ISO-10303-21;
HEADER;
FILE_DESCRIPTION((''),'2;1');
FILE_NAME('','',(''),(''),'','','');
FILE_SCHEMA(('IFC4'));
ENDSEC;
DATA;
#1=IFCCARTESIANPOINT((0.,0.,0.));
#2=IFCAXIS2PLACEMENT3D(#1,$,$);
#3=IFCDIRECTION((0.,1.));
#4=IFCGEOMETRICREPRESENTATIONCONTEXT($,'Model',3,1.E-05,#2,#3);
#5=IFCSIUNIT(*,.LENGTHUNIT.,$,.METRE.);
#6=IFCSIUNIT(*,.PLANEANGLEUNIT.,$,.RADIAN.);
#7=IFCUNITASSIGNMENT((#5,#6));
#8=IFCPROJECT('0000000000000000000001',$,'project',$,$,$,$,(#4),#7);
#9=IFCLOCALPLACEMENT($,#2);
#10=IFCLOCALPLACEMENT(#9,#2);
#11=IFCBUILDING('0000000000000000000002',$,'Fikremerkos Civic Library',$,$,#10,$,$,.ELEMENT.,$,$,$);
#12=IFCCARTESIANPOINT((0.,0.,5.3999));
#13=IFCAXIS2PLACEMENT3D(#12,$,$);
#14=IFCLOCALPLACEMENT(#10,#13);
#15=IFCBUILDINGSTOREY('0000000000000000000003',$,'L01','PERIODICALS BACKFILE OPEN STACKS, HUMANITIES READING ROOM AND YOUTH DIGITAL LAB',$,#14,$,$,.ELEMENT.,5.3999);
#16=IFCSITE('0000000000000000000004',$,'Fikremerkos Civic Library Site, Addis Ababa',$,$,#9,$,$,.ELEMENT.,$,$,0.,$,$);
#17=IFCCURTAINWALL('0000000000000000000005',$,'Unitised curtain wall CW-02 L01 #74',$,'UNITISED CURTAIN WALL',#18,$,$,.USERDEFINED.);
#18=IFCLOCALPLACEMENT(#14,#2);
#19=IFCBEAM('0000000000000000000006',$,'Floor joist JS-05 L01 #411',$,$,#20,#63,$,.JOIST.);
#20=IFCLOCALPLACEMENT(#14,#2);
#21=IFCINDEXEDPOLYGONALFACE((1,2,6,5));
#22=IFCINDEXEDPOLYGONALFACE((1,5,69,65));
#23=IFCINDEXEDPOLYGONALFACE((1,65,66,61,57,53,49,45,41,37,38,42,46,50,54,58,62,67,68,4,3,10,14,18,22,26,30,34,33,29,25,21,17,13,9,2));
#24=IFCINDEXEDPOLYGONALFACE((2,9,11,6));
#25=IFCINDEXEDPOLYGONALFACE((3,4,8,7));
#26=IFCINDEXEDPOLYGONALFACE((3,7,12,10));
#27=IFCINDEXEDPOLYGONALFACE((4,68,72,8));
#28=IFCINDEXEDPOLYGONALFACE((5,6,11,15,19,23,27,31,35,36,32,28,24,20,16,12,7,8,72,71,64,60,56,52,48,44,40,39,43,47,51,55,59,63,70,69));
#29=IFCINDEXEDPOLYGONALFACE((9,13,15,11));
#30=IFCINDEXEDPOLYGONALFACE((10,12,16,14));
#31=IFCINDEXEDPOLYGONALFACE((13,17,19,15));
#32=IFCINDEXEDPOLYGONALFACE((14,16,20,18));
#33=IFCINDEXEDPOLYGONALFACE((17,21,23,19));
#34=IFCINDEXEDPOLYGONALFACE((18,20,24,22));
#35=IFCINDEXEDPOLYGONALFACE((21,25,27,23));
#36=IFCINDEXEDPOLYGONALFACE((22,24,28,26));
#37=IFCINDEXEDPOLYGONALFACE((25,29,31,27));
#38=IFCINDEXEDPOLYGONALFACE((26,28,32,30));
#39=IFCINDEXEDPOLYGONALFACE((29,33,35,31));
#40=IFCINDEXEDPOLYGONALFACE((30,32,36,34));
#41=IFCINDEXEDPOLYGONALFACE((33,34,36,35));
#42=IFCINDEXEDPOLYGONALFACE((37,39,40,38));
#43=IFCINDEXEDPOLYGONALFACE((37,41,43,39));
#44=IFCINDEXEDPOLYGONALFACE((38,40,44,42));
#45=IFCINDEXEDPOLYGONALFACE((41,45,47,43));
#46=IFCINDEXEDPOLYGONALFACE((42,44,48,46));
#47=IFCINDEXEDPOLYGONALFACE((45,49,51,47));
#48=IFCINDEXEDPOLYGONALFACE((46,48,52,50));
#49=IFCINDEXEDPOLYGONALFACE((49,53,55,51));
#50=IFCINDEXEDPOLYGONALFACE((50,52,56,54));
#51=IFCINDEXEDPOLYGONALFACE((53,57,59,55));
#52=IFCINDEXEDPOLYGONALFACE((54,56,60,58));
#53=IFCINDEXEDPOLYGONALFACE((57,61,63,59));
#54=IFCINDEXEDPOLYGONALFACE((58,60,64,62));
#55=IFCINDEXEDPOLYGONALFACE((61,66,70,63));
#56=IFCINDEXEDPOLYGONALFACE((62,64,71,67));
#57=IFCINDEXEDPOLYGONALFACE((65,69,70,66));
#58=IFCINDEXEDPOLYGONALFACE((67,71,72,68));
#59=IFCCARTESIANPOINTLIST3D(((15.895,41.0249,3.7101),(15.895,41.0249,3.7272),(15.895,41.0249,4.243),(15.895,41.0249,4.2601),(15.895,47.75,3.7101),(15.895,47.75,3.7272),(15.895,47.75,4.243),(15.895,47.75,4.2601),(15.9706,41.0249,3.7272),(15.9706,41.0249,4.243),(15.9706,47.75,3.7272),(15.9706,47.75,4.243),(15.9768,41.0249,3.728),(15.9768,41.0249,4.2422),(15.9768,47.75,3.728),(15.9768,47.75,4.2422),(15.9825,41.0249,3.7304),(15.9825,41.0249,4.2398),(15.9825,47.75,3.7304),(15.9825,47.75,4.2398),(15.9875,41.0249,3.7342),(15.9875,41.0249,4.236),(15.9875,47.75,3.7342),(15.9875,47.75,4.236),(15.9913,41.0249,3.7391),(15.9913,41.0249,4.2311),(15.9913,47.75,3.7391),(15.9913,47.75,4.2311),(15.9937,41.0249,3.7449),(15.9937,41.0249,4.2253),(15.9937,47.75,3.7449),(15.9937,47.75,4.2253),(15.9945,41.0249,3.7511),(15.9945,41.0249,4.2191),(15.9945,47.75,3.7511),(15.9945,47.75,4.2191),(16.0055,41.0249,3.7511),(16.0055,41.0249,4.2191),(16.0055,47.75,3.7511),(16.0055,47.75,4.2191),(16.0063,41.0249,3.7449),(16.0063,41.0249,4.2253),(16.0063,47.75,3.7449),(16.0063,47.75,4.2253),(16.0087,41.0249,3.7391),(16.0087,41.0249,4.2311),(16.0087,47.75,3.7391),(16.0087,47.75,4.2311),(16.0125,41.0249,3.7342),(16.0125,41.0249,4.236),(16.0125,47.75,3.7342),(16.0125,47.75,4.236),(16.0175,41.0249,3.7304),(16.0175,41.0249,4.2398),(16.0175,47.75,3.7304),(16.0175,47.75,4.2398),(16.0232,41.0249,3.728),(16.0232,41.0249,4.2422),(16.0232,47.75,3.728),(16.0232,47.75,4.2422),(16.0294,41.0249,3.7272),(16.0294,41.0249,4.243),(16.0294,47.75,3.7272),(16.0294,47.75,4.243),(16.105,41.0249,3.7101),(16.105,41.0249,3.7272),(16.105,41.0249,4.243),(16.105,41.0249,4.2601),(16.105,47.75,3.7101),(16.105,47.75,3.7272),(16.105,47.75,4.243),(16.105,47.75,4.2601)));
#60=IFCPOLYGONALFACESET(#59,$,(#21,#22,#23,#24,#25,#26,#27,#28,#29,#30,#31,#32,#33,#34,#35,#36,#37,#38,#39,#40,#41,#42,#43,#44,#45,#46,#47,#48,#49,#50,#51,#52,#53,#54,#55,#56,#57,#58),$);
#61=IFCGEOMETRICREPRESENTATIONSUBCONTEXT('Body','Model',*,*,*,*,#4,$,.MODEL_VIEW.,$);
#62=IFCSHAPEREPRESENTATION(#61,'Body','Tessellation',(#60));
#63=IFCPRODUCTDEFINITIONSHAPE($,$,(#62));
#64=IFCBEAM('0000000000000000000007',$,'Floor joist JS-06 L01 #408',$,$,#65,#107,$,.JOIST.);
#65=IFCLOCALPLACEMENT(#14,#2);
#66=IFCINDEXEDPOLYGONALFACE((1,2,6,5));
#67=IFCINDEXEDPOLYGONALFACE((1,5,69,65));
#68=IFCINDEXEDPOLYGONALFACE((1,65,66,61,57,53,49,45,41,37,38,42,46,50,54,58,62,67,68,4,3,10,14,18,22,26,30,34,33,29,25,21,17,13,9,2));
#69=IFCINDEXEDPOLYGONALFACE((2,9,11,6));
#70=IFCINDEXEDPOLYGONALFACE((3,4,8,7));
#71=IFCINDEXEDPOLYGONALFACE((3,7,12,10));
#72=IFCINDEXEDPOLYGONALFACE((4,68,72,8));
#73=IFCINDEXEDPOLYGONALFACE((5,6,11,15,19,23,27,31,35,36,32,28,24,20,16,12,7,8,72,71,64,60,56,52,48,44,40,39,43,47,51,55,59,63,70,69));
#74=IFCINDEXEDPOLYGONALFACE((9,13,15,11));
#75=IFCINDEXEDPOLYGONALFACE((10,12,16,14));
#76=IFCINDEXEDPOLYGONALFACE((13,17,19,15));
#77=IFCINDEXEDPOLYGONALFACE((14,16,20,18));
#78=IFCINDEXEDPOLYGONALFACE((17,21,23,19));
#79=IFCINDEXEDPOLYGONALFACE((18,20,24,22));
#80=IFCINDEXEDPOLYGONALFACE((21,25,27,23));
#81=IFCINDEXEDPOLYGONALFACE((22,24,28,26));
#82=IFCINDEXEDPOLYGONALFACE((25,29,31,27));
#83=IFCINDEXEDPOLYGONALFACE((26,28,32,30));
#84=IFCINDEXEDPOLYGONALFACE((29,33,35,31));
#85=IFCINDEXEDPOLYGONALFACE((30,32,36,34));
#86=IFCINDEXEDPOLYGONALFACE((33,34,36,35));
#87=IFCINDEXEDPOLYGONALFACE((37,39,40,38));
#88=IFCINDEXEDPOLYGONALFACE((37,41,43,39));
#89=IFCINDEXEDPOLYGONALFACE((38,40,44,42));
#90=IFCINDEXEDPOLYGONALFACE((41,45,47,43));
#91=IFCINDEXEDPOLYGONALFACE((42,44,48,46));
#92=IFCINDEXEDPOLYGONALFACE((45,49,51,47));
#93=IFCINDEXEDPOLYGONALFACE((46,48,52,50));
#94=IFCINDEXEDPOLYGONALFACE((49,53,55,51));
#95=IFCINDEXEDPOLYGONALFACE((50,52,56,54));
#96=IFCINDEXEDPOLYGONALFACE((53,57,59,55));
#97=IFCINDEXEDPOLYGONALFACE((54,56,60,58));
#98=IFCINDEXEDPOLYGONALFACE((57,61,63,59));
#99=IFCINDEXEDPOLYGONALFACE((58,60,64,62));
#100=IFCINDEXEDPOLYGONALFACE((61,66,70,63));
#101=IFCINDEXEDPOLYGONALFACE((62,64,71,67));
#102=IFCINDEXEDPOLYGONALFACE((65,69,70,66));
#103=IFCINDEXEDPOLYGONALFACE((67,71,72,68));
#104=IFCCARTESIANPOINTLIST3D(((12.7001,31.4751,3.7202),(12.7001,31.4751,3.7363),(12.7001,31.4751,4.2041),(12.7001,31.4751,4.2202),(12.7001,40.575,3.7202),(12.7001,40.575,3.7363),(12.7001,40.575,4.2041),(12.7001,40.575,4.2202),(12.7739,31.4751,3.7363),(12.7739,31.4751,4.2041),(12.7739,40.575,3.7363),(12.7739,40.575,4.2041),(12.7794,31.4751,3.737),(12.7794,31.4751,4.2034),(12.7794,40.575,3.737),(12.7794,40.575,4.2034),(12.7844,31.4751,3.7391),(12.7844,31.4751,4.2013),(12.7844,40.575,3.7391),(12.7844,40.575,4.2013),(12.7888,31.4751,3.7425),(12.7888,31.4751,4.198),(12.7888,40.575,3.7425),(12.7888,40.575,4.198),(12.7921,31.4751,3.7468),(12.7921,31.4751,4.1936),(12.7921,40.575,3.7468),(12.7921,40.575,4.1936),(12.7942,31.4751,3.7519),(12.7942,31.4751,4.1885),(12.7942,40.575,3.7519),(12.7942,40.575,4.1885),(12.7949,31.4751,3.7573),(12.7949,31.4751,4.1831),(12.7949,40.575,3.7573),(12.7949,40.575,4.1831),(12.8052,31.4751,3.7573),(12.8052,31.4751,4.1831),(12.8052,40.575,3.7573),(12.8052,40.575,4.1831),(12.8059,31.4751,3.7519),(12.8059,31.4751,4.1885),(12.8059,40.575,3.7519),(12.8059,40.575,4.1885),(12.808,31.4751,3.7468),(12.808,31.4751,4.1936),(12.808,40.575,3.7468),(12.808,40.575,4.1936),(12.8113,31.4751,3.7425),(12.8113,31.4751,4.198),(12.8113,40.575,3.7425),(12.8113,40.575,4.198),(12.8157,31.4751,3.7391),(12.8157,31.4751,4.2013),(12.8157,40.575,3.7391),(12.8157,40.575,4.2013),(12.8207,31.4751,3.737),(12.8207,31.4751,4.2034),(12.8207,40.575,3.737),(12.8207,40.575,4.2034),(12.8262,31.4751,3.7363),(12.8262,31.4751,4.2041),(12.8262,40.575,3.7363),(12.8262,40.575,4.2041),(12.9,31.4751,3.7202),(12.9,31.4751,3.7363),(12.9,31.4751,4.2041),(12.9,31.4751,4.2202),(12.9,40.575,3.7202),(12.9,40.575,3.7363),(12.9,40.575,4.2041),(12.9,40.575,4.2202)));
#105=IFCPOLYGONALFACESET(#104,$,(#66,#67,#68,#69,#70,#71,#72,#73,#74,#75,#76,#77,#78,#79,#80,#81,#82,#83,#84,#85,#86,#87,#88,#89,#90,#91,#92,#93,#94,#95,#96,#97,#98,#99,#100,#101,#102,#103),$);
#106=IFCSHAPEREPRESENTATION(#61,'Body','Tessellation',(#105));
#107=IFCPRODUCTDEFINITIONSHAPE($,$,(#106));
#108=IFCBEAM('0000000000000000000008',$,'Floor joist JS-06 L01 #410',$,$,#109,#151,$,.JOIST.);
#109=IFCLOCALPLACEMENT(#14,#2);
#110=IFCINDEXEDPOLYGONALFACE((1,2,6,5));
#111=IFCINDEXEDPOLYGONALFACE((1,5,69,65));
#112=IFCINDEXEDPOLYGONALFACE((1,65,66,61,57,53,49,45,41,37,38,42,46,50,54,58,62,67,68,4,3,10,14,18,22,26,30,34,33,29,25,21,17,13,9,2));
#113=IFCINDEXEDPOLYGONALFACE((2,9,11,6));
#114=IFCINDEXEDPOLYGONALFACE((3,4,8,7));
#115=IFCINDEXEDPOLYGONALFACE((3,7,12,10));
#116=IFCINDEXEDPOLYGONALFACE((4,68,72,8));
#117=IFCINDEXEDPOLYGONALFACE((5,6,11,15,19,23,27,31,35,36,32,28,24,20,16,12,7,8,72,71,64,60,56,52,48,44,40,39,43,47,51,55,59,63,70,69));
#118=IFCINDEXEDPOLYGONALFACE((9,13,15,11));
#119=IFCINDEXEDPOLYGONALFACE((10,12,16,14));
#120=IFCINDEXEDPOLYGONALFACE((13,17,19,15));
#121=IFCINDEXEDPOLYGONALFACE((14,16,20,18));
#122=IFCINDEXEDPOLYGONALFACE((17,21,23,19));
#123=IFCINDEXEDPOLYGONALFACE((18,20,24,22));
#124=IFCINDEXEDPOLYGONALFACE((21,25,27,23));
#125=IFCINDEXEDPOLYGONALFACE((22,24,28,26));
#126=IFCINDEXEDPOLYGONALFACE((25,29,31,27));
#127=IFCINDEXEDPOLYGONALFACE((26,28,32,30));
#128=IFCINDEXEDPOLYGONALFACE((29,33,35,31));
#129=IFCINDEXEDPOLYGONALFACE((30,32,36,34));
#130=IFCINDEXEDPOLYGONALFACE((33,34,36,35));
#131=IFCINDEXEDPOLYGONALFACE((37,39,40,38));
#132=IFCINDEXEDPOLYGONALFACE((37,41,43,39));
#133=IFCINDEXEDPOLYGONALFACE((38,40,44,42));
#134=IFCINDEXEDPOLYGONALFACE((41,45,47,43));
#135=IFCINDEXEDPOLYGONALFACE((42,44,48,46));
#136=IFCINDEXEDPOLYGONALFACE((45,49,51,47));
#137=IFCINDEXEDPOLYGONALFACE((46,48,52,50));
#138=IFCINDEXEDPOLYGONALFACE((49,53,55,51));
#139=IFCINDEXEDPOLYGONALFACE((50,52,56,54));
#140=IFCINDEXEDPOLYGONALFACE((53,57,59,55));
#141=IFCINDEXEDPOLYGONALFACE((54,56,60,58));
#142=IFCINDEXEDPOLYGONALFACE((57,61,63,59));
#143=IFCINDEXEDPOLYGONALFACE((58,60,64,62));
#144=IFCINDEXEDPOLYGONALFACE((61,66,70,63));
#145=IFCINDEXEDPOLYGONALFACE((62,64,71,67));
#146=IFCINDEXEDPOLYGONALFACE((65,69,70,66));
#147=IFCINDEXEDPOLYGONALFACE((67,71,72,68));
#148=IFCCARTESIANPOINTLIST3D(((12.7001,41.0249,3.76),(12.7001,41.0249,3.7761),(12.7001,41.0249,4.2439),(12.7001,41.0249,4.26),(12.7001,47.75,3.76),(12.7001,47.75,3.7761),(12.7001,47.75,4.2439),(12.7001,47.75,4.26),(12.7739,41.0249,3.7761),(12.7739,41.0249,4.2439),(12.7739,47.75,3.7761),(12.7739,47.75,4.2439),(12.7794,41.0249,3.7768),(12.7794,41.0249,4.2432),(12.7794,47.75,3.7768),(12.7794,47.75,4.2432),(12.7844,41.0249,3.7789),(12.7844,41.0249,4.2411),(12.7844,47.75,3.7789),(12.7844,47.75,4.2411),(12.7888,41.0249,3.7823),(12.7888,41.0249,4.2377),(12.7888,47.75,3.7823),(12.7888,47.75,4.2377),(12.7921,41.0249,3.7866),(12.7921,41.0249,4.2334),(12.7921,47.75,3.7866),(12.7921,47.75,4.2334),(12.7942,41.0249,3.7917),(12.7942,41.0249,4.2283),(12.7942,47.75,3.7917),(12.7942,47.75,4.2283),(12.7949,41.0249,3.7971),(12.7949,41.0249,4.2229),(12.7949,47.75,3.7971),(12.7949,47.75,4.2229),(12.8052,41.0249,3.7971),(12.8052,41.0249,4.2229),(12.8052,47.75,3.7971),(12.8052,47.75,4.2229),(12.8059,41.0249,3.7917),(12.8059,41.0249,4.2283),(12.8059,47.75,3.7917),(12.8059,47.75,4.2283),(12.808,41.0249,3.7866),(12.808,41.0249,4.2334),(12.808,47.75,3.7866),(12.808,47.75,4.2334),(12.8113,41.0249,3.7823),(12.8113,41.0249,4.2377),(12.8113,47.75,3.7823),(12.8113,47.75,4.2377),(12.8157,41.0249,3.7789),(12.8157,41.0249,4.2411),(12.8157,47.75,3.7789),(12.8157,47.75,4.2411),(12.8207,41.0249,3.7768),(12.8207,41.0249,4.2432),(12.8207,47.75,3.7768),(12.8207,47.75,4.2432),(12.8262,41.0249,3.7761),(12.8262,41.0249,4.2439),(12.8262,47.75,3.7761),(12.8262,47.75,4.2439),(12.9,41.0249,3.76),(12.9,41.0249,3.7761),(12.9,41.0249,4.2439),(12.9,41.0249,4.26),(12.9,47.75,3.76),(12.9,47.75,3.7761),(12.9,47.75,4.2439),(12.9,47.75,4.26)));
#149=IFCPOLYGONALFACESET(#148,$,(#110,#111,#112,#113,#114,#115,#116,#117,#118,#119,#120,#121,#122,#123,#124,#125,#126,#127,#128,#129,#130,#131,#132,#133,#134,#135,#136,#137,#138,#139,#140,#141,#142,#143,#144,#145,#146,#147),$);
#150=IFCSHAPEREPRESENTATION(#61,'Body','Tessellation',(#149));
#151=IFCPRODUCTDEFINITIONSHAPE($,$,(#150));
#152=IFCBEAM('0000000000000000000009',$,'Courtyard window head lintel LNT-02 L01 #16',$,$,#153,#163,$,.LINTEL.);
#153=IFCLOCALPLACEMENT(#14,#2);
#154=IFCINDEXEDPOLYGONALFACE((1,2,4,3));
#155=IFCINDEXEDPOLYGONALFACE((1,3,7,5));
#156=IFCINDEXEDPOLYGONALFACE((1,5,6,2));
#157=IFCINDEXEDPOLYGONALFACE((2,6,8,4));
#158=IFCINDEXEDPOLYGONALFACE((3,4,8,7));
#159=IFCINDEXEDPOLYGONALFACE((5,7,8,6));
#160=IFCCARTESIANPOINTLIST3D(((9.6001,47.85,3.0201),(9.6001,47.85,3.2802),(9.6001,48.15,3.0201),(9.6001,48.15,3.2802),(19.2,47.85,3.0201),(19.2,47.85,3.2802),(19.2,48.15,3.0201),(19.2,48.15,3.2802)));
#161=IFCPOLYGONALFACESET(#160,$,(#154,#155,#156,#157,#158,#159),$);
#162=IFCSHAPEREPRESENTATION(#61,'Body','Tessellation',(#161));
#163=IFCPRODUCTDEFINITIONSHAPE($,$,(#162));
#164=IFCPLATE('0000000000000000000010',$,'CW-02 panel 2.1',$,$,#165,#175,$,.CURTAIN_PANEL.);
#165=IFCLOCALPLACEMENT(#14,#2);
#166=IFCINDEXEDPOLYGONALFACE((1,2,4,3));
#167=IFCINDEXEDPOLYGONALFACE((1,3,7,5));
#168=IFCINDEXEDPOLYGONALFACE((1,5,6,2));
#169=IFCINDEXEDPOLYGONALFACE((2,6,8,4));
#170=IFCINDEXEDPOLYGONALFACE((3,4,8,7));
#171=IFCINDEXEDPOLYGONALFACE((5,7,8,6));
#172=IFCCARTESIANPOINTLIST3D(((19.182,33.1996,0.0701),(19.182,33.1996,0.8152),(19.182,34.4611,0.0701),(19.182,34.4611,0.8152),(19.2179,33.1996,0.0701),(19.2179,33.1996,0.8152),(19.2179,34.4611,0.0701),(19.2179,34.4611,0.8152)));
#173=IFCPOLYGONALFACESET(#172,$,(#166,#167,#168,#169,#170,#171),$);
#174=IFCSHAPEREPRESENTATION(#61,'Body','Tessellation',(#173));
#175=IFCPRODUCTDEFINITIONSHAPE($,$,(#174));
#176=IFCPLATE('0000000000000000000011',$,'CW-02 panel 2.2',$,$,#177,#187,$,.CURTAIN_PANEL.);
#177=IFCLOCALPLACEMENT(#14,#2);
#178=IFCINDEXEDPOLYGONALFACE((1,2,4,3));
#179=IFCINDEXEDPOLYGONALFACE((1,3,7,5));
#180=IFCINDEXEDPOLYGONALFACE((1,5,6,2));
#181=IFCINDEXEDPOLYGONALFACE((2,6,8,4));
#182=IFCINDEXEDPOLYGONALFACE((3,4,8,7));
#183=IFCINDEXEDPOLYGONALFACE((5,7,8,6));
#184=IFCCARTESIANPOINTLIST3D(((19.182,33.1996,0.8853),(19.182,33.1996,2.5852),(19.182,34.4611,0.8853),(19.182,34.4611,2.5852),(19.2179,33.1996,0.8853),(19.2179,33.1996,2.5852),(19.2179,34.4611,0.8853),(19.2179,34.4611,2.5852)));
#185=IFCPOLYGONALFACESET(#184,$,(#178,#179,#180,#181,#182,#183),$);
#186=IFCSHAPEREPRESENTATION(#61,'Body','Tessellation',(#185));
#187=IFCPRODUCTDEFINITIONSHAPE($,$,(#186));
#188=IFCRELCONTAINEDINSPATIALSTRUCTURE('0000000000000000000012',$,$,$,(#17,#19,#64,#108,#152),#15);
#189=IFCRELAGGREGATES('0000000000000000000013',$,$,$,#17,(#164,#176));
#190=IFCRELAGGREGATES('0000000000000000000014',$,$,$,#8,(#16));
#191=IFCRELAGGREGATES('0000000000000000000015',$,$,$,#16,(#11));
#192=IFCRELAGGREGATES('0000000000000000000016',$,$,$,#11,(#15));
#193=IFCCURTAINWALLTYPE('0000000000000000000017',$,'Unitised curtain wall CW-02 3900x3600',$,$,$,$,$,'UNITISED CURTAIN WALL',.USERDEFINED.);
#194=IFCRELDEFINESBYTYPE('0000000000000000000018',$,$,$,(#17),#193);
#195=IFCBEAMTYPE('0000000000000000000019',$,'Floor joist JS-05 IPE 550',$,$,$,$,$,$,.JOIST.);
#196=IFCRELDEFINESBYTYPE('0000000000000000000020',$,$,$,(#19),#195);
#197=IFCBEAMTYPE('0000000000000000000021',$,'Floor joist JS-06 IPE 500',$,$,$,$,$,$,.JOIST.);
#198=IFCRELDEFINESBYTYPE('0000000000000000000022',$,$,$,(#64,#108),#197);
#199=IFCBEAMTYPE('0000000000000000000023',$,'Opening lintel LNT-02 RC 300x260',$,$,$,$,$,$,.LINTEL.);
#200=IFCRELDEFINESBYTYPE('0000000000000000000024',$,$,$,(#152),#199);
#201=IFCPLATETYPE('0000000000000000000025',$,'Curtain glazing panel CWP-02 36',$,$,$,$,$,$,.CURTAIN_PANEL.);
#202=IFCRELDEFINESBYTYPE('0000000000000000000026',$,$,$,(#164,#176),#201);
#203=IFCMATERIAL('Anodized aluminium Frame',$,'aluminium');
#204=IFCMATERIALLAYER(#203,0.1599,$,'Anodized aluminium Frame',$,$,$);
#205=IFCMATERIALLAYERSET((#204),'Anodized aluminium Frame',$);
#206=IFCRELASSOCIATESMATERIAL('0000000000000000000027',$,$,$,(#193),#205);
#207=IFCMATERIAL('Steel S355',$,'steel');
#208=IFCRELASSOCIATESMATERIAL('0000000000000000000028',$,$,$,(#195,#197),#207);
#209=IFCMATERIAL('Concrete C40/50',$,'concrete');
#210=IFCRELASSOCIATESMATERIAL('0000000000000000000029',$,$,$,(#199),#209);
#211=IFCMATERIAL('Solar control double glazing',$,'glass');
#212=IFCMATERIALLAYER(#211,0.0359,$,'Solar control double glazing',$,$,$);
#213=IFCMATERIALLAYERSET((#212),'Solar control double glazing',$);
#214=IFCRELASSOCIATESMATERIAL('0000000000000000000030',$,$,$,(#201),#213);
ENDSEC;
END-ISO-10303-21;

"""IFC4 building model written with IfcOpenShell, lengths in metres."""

from ifc_helpers import new_model, si_unit, direction, frame, origin, origin_2d, place, context, subcontext, project, spatial, rectangle, i_section, extrude, material, layer, layer_set, material_profile, profile_set, type_object, element, aggregate, save


model = new_model("IFC4")

# Units and contexts
model_context = context("Model", 3, precision=1e-05, world=origin(), true_north=direction((0.0, 1.0)))
body_context = subcontext(model_context, "Body", "Model", "MODEL_VIEW")
ifc_project = project(units=[si_unit("LENGTHUNIT", "METRE"), si_unit("PLANEANGLEUNIT", "RADIAN")], contexts=[model_context])

# Site, building, storey
site_placement = place(None, origin())
site = spatial("IfcSite", under=ifc_project, at=site_placement, Name="Fikremerkos Civic Library Site, Addis Ababa", CompositionType="ELEMENT", RefElevation=0.0)
building_placement = place(site_placement, origin())
building = spatial("IfcBuilding", under=site, at=building_placement, Name="Fikremerkos Civic Library", CompositionType="ELEMENT")
storey_placement = place(building_placement, frame((0.0, 0.0, 5.3999)))
storey = spatial("IfcBuildingStorey", under=building, at=storey_placement, Name="L01", Description="PERIODICALS BACKFILE OPEN STACKS, HUMANITIES READING ROOM AND YOUTH DIGITAL LAB", CompositionType="ELEMENT", Elevation=5.3999)

# Curtain wall
ifc_material_1 = material(Name="Anodized aluminium Frame", Category="aluminium")
ifc_layer_1 = layer(ifc_material_1, 0.1599, Name="Anodized aluminium Frame")
ifc_layer_set_1 = layer_set([ifc_layer_1], Name="Anodized aluminium Frame")
curtain_wall_type = type_object("IfcCurtainWallType", Name="Unitised curtain wall CW-02 3900x3600", ElementType="UNITISED CURTAIN WALL", PredefinedType="USERDEFINED", material=ifc_layer_set_1)
curtain_wall_placement = place(storey_placement, origin())
curtain_wall = element("IfcCurtainWall", 1, at=curtain_wall_placement, inside=storey, type_object=curtain_wall_type, Name="Unitised curtain wall CW-02 L01 #74", ObjectType="UNITISED CURTAIN WALL", PredefinedType="USERDEFINED")

# Beams
ifc_material_2 = material(Name="Steel S355", Category="steel")
ifc_material_profile_1 = material_profile(ifc_material_2, i_section(OverallWidth=0.21, OverallDepth=0.55, WebThickness=0.011, FlangeThickness=0.0171, FilletRadius=0.0239, at=origin_2d()), Name="IPE 550")
ifc_profile_set_1 = profile_set([ifc_material_profile_1], Name="Steel S355")
beam_type_1 = type_object("IfcBeamType", Name="Floor joist JS-05 IPE 550", PredefinedType="JOIST", material=ifc_profile_set_1)
beam_1_placement = place(storey_placement, frame((16.0, 41.0249, 3.9851), z_axis=(0.0, 1.0, 0.0), x_axis=(-1.0, 0.0, 0.0)))
element("IfcBeam", 2, at=beam_1_placement, inside=storey, type_object=beam_type_1, Name="Floor joist JS-05 L01 #411", PredefinedType="JOIST", context=body_context, shape_type="SweptSolid", body=[
    extrude(i_section(OverallWidth=0.21, OverallDepth=0.55, WebThickness=0.011, FlangeThickness=0.0171, FilletRadius=0.0239, at=origin_2d()), origin(), (0.0, 0.0, 1.0), 6.7251),
])
ifc_material_profile_2 = material_profile(ifc_material_2, i_section(OverallWidth=0.2, OverallDepth=0.5, WebThickness=0.0103, FlangeThickness=0.0161, FilletRadius=0.021, at=origin_2d()), Name="IPE 500")
ifc_profile_set_2 = profile_set([ifc_material_profile_2], Name="Steel S355")
beam_type_2 = type_object("IfcBeamType", Name="Floor joist JS-06 IPE 500", PredefinedType="JOIST", material=ifc_profile_set_2)
beam_2_placement = place(storey_placement, frame((12.8, 31.4751, 3.9702), z_axis=(0.0, 1.0, 0.0), x_axis=(-1.0, 0.0, 0.0)))
element("IfcBeam", 3, at=beam_2_placement, inside=storey, type_object=beam_type_2, Name="Floor joist JS-06 L01 #408", PredefinedType="JOIST", context=body_context, shape_type="SweptSolid", body=[
    extrude(i_section(OverallWidth=0.2, OverallDepth=0.5, WebThickness=0.0103, FlangeThickness=0.0161, FilletRadius=0.021, at=origin_2d()), origin(), (0.0, 0.0, 1.0), 9.0999),
])
beam_3_placement = place(storey_placement, frame((12.8, 41.0249, 4.01), z_axis=(0.0, 1.0, 0.0), x_axis=(-1.0, 0.0, 0.0)))
element("IfcBeam", 4, at=beam_3_placement, inside=storey, type_object=beam_type_2, Name="Floor joist JS-06 L01 #410", PredefinedType="JOIST", context=body_context, shape_type="SweptSolid", body=[
    extrude(i_section(OverallWidth=0.2, OverallDepth=0.5, WebThickness=0.0103, FlangeThickness=0.0161, FilletRadius=0.021, at=origin_2d()), origin(), (0.0, 0.0, 1.0), 6.7251),
])
ifc_material_3 = material(Name="Concrete C40/50", Category="concrete")
ifc_material_profile_3 = material_profile(ifc_material_3, rectangle(XDim=0.3, YDim=0.26, at=origin_2d()), Name="RC 300x260")
ifc_profile_set_3 = profile_set([ifc_material_profile_3], Name="Concrete C40/50")
beam_type_3 = type_object("IfcBeamType", Name="Opening lintel LNT-02 RC 300x260", PredefinedType="LINTEL", material=ifc_profile_set_3)
beam_4_placement = place(storey_placement, frame((9.6001, 48.0, 3.1501), z_axis=(1.0, 0.0, 0.0), x_axis=(0.0, 1.0, 0.0)))
element("IfcBeam", 5, at=beam_4_placement, inside=storey, type_object=beam_type_3, Name="Courtyard window head lintel LNT-02 L01 #16", PredefinedType="LINTEL", context=body_context, shape_type="SweptSolid", body=[
    extrude(rectangle(XDim=0.3, YDim=0.26, at=origin_2d()), origin(), (0.0, 0.0, 1.0), 9.5999),
])

# Plates
ifc_material_4 = material(Name="Solar control double glazing", Category="glass")
ifc_layer_2 = layer(ifc_material_4, 0.0359, Name="Solar control double glazing")
ifc_layer_set_2 = layer_set([ifc_layer_2], Name="Solar control double glazing")
plate_type = type_object("IfcPlateType", Name="Curtain glazing panel CWP-02 36", PredefinedType="CURTAIN_PANEL", material=ifc_layer_set_2)
plate_1_placement = place(storey_placement, frame((19.2, 33.8303, 0.0701), z_axis=(0.0, 0.0, 1.0), x_axis=(0.0, -1.0, 0.0)))
plate_1 = element("IfcPlate", 6, at=plate_1_placement, type_object=plate_type, Name="CW-02 panel 2.1", PredefinedType="CURTAIN_PANEL", context=body_context, shape_type="SweptSolid", body=[
    extrude(rectangle(XDim=1.2615, YDim=0.0359, at=origin_2d()), origin(), (0.0, 0.0, 1.0), 0.7451),
])
plate_2_placement = place(storey_placement, frame((19.2, 33.8303, 0.8853), z_axis=(0.0, 0.0, 1.0), x_axis=(0.0, -1.0, 0.0)))
plate_2 = element("IfcPlate", 7, at=plate_2_placement, type_object=plate_type, Name="CW-02 panel 2.2", PredefinedType="CURTAIN_PANEL", context=body_context, shape_type="SweptSolid", body=[
    extrude(rectangle(XDim=1.2615, YDim=0.0359, at=origin_2d()), origin(), (0.0, 0.0, 1.0), 1.7),
])
aggregate(curtain_wall, [plate_1, plate_2])

save(model, "model.ifc")
